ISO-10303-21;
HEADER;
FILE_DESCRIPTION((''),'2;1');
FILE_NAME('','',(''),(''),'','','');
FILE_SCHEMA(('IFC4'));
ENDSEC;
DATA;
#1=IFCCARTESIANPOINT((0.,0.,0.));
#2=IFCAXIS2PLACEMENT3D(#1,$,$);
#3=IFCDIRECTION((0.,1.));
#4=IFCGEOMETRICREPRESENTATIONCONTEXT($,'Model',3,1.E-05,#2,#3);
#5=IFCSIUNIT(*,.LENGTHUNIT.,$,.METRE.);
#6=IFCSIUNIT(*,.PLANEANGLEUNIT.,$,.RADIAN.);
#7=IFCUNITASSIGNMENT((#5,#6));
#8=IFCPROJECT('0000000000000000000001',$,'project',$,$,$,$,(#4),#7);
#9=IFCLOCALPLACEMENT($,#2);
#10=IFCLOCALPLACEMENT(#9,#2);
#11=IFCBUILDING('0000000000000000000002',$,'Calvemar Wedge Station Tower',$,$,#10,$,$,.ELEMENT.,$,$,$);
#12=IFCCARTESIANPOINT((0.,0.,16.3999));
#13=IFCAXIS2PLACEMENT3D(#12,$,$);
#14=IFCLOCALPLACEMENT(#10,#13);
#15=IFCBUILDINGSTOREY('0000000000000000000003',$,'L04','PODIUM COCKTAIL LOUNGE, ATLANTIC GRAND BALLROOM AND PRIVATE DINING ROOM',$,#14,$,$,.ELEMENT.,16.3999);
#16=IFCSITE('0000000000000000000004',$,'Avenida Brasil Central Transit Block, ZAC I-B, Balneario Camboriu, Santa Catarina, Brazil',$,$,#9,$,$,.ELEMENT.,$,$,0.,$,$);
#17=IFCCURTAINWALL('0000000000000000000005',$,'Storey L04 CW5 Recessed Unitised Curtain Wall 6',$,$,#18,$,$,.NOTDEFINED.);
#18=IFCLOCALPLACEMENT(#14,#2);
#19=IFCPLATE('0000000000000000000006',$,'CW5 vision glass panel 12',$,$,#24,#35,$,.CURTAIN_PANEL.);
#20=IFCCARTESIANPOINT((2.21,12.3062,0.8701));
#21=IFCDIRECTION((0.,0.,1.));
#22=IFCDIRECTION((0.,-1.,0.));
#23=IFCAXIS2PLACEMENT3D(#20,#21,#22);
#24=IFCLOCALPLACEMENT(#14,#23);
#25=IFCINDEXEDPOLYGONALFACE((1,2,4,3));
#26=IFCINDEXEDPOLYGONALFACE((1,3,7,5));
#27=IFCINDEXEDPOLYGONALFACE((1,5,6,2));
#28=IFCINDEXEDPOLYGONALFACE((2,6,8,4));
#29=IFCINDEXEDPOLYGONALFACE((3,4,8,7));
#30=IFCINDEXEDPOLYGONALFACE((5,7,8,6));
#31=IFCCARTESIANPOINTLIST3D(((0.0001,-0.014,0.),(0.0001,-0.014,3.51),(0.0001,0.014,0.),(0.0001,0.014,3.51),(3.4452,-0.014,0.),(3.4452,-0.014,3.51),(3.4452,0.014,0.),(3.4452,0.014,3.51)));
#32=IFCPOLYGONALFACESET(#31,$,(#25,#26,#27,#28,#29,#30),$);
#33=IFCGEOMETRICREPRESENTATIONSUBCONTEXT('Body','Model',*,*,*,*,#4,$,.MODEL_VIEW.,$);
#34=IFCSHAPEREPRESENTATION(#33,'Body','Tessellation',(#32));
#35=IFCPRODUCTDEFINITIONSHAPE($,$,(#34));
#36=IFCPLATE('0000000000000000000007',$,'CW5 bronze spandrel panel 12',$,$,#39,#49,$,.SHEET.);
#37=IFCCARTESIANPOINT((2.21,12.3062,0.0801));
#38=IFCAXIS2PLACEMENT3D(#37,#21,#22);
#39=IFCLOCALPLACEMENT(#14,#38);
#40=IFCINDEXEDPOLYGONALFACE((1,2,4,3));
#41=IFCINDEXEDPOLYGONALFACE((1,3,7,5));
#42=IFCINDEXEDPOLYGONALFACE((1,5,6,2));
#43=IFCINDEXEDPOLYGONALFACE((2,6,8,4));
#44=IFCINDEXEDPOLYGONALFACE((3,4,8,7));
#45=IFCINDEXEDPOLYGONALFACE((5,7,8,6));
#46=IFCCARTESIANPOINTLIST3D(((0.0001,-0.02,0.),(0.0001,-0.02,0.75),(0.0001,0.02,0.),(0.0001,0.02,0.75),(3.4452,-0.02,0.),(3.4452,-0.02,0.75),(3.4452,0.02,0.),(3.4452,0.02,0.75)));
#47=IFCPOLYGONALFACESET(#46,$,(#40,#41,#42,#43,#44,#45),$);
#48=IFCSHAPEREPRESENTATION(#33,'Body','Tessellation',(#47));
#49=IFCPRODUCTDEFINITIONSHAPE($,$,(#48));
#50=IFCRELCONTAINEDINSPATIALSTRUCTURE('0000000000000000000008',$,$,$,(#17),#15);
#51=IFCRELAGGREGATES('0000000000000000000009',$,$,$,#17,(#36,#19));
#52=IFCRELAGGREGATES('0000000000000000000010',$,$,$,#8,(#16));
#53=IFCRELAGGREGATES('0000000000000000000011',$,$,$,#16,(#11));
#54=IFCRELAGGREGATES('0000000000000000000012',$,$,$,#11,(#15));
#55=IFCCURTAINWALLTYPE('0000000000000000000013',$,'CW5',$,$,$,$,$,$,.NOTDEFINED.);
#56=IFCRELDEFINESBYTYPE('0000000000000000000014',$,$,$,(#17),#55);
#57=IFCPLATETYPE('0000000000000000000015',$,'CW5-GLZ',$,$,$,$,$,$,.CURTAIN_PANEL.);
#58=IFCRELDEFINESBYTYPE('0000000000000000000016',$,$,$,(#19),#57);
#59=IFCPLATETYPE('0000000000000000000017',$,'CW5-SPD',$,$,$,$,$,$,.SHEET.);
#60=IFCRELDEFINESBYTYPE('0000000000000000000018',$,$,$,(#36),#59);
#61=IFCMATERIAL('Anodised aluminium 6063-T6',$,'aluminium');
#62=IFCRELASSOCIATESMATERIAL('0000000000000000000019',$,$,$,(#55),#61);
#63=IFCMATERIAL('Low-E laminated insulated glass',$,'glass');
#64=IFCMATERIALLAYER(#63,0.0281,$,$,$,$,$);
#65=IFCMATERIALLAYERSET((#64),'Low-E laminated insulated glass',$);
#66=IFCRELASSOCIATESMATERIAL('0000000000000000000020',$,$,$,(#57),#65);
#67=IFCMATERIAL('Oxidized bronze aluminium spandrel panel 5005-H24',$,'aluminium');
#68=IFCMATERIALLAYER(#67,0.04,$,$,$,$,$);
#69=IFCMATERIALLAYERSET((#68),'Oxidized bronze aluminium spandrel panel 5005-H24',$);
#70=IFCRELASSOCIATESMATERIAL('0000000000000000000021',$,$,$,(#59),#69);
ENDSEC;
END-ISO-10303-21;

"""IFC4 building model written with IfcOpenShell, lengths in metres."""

from ifc_helpers import new_model, si_unit, direction, frame, frame_2d, origin, place, context, subcontext, project, spatial, rectangle, extrude, material, layer, layer_set, type_object, element, aggregate, save


model = new_model("IFC4")

# Units and contexts
model_context = context("Model", 3, precision=1e-05, world=origin(), true_north=direction((0.0, 1.0)))
body_context = subcontext(model_context, "Body", "Model", "MODEL_VIEW")
ifc_project = project(units=[si_unit("LENGTHUNIT", "METRE"), si_unit("PLANEANGLEUNIT", "RADIAN")], contexts=[model_context])

# Site, building, storey
site_placement = place(None, origin())
site = spatial("IfcSite", under=ifc_project, at=site_placement, Name="Avenida Brasil Central Transit Block, ZAC I-B, Balneario Camboriu, Santa Catarina, Brazil", CompositionType="ELEMENT", RefElevation=0.0)
building_placement = place(site_placement, origin())
building = spatial("IfcBuilding", under=site, at=building_placement, Name="Calvemar Wedge Station Tower", CompositionType="ELEMENT")
storey_placement = place(building_placement, frame((0.0, 0.0, 16.3999)))
storey = spatial("IfcBuildingStorey", under=building, at=storey_placement, Name="L04", Description="PODIUM COCKTAIL LOUNGE, ATLANTIC GRAND BALLROOM AND PRIVATE DINING ROOM", CompositionType="ELEMENT", Elevation=16.3999)

# Curtain wall, plates
ifc_material_1 = material(Name="Anodised aluminium 6063-T6", Category="aluminium")
curtain_wall_type = type_object("IfcCurtainWallType", Name="CW5", PredefinedType="NOTDEFINED", material=ifc_material_1)
curtain_wall_placement = place(storey_placement, origin())
curtain_wall = element("IfcCurtainWall", 1, at=curtain_wall_placement, inside=storey, type_object=curtain_wall_type, Name="Storey L04 CW5 Recessed Unitised Curtain Wall 6", PredefinedType="NOTDEFINED")
ifc_material_2 = material(Name="Low-E laminated insulated glass", Category="glass")
ifc_layer_1 = layer(ifc_material_2, 0.0281)
ifc_layer_set_1 = layer_set([ifc_layer_1], Name="Low-E laminated insulated glass")
plate_type_1 = type_object("IfcPlateType", Name="CW5-GLZ", PredefinedType="CURTAIN_PANEL", material=ifc_layer_set_1)
plate_1_placement = place(storey_placement, frame((2.21, 12.3062, 0.8701), z_axis=(0.0, 0.0, 1.0), x_axis=(0.0, -1.0, 0.0)))
plate_1 = element("IfcPlate", 2, at=plate_1_placement, type_object=plate_type_1, Name="CW5 vision glass panel 12", PredefinedType="CURTAIN_PANEL", context=body_context, shape_type="SweptSolid", body=[
    extrude(rectangle(XDim=3.4451, YDim=0.0281, at=frame_2d((1.7227, 0.0))), origin(), (0.0, 0.0, 1.0), 3.51),
])
ifc_material_3 = material(Name="Oxidized bronze aluminium spandrel panel 5005-H24", Category="aluminium")
ifc_layer_2 = layer(ifc_material_3, 0.04)
ifc_layer_set_2 = layer_set([ifc_layer_2], Name="Oxidized bronze aluminium spandrel panel 5005-H24")
plate_type_2 = type_object("IfcPlateType", Name="CW5-SPD", PredefinedType="SHEET", material=ifc_layer_set_2)
plate_2_placement = place(storey_placement, frame((2.21, 12.3062, 0.0801), z_axis=(0.0, 0.0, 1.0), x_axis=(0.0, -1.0, 0.0)))
plate_2 = element("IfcPlate", 3, at=plate_2_placement, type_object=plate_type_2, Name="CW5 bronze spandrel panel 12", PredefinedType="SHEET", context=body_context, shape_type="SweptSolid", body=[
    extrude(rectangle(XDim=3.4451, YDim=0.04, at=frame_2d((1.7227, 0.0))), origin(), (0.0, 0.0, 1.0), 0.75),
])
aggregate(curtain_wall, [plate_2, plate_1])

save(model, "model.ifc")
